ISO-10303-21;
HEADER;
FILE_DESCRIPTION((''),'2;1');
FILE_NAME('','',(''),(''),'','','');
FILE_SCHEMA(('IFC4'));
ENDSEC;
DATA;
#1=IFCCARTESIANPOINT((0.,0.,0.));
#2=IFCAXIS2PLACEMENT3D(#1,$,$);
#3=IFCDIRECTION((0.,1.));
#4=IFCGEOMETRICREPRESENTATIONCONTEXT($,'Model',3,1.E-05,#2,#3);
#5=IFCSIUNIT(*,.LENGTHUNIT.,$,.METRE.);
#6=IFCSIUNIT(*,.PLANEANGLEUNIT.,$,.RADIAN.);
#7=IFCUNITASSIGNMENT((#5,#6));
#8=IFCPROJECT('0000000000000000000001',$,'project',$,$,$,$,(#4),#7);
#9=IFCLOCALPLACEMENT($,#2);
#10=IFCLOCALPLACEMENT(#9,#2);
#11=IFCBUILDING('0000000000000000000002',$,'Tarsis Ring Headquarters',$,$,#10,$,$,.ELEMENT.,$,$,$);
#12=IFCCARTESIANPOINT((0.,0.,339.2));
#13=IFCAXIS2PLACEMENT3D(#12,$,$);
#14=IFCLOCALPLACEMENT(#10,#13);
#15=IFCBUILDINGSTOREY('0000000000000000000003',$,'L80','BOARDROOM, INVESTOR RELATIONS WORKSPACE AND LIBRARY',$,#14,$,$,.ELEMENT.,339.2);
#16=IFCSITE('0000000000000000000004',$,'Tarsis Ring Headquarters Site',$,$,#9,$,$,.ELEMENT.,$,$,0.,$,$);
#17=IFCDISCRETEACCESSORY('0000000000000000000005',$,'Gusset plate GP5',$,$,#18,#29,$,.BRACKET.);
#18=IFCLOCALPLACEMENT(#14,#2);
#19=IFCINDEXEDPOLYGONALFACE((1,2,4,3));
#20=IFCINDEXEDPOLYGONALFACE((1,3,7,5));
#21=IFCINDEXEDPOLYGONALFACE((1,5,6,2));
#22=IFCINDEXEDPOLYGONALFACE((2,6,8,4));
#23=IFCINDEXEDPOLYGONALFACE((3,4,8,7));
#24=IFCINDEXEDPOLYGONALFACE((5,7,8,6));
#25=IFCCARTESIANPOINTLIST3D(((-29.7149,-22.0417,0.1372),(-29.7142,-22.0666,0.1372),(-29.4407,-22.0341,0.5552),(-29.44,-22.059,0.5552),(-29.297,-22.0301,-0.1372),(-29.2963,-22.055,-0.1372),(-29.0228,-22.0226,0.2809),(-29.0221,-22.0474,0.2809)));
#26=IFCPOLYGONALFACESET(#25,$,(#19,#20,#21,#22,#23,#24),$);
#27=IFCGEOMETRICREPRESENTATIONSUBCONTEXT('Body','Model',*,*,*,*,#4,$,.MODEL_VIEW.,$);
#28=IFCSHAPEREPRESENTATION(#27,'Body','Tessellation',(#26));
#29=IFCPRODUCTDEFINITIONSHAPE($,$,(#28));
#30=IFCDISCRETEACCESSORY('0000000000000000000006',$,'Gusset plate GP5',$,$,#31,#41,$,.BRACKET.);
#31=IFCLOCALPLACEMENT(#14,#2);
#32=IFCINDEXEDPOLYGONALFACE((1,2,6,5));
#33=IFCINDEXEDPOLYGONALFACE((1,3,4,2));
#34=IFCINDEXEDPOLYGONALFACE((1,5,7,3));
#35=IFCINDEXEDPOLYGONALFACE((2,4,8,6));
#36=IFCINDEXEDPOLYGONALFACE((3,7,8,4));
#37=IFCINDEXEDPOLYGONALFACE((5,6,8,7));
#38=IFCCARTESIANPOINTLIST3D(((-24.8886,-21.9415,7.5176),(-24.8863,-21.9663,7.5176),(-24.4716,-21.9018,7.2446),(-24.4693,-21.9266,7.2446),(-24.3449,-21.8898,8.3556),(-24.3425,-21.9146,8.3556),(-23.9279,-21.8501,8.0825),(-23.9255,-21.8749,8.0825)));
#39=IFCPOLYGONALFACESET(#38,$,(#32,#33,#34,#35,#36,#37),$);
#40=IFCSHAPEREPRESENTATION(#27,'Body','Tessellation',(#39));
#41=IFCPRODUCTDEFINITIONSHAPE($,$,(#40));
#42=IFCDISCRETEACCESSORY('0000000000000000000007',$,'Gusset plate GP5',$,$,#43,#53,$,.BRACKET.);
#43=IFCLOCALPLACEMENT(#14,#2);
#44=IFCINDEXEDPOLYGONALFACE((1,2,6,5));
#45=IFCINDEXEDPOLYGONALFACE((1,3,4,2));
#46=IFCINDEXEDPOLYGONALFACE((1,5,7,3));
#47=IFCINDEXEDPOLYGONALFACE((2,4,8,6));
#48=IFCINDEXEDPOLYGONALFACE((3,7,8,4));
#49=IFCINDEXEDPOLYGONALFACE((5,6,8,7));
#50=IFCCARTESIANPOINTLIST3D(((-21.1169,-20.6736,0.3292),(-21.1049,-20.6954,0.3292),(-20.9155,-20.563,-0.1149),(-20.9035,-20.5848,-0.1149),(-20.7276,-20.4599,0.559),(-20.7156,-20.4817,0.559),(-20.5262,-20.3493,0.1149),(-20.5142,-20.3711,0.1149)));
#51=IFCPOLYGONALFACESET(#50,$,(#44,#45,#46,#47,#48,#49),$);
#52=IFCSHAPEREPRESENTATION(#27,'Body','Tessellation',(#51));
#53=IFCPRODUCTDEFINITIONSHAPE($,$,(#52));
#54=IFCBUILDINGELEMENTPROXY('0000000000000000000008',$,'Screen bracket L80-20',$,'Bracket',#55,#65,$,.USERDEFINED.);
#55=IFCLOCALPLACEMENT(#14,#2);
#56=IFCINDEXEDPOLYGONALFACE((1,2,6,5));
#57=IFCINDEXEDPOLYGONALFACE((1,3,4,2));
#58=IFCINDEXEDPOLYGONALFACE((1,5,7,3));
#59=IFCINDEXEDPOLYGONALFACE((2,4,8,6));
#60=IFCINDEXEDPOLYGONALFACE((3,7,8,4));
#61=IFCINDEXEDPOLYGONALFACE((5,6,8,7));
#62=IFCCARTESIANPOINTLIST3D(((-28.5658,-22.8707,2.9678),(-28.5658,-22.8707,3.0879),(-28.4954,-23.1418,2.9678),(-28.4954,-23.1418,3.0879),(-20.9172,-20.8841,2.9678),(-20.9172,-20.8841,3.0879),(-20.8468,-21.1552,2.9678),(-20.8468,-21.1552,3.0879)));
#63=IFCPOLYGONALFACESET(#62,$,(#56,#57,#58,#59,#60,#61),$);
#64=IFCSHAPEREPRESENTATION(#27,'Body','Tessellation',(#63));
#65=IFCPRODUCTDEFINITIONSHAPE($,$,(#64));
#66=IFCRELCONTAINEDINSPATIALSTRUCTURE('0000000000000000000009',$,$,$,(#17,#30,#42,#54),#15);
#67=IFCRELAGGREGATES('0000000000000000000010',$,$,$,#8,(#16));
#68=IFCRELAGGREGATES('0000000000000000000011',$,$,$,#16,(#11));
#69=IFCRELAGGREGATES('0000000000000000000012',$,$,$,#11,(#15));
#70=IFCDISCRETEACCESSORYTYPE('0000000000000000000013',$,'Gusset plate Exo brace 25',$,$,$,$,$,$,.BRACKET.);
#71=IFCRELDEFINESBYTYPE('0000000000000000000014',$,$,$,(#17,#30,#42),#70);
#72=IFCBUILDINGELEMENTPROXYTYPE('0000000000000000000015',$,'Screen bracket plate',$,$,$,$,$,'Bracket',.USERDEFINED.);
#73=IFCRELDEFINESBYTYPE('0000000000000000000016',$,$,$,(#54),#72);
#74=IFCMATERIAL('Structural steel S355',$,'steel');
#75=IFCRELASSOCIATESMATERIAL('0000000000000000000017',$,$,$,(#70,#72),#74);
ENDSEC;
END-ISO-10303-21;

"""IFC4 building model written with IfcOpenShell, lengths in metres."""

from ifc_helpers import new_model, si_unit, direction, frame, origin, origin_2d, place, context, subcontext, project, spatial, rectangle, extrude, material, material_profile, profile_set, type_object, element, save


model = new_model("IFC4")

# Units and contexts
model_context = context("Model", 3, precision=1e-05, world=origin(), true_north=direction((0.0, 1.0)))
body_context = subcontext(model_context, "Body", "Model", "MODEL_VIEW")
ifc_project = project(units=[si_unit("LENGTHUNIT", "METRE"), si_unit("PLANEANGLEUNIT", "RADIAN")], contexts=[model_context])

# Site, building, storey
site_placement = place(None, origin())
site = spatial("IfcSite", under=ifc_project, at=site_placement, Name="Tarsis Ring Headquarters Site", CompositionType="ELEMENT", RefElevation=0.0)
building_placement = place(site_placement, origin())
building = spatial("IfcBuilding", under=site, at=building_placement, Name="Tarsis Ring Headquarters", CompositionType="ELEMENT")
storey_placement = place(building_placement, frame((0.0, 0.0, 339.2)))
storey = spatial("IfcBuildingStorey", under=building, at=storey_placement, Name="L80", Description="BOARDROOM, INVESTOR RELATIONS WORKSPACE AND LIBRARY", CompositionType="ELEMENT", Elevation=339.2)

# Shared definitions
ifc_material_1 = material(Name="Structural steel S355", Category="steel")

# Discrete accessories
ifc_material_profile_1 = material_profile(ifc_material_1, rectangle(XDim=0.0249, YDim=0.5, at=origin_2d()), Name="PL 25x500")
ifc_profile_set_1 = profile_set([ifc_material_profile_1], Name="Structural steel S355")
discrete_accessory_type = type_object("IfcDiscreteAccessoryType", Name="Gusset plate Exo brace 25", PredefinedType="BRACKET", material=ifc_profile_set_1)
discrete_accessory_1_placement = place(storey_placement, frame((-29.5056, -22.0483, 0.0), z_axis=(0.548423, 0.015139, 0.836064), x_axis=(-0.027594, 0.999619, 0.0)))
element("IfcDiscreteAccessory", 1, at=discrete_accessory_1_placement, inside=storey, type_object=discrete_accessory_type, Name="Gusset plate GP5", PredefinedType="BRACKET", context=body_context, shape_type="SweptSolid", body=[
    extrude(rectangle(XDim=0.0249, YDim=0.5, at=origin_2d()), origin(), (0.0, 0.0, 1.0), 0.5),
])
discrete_accessory_2_placement = place(storey_placement, frame((-24.679, -21.9341, 7.3811), z_axis=(0.543606, 0.051749, 0.837744), x_axis=(-0.094767, 0.995499, 0.0)))
element("IfcDiscreteAccessory", 2, at=discrete_accessory_2_placement, inside=storey, type_object=discrete_accessory_type, Name="Gusset plate GP5", PredefinedType="BRACKET", context=body_context, shape_type="SweptSolid", body=[
    extrude(rectangle(XDim=0.0249, YDim=0.5, at=origin_2d()), origin(), (0.0, 0.0, 1.0), 1.0002),
])
discrete_accessory_3_placement = place(storey_placement, frame((-20.7148, -20.467, 0.0), z_axis=(-0.402818, -0.221184, 0.888153), x_axis=(0.481307, -0.876552, 0.0)))
element("IfcDiscreteAccessory", 3, at=discrete_accessory_3_placement, inside=storey, type_object=discrete_accessory_type, Name="Gusset plate GP5", PredefinedType="BRACKET", context=body_context, shape_type="SweptSolid", body=[
    extrude(rectangle(XDim=0.0249, YDim=0.5, at=origin_2d()), origin(), (0.0, 0.0, 1.0), 0.5),
])

# Building element proxy
building_element_proxy_type = type_object("IfcBuildingElementProxyType", Name="Screen bracket plate", ElementType="Bracket", PredefinedType="USERDEFINED", material=ifc_material_1)
proxy_placement = place(storey_placement, frame((-24.7063, -22.0129, 2.9678), z_axis=(0.0, 0.0, 1.0), x_axis=(0.967885, 0.251394, 0.0)))
element("IfcBuildingElementProxy", 4, at=proxy_placement, inside=storey, type_object=building_element_proxy_type, Name="Screen bracket L80-20", ObjectType="Bracket", PredefinedType="USERDEFINED", context=body_context, shape_type="SweptSolid", body=[
    extrude(rectangle(XDim=7.9023, YDim=0.28, at=origin_2d()), origin(), (0.0, 0.0, 1.0), 0.1201),
])

save(model, "model.ifc")
